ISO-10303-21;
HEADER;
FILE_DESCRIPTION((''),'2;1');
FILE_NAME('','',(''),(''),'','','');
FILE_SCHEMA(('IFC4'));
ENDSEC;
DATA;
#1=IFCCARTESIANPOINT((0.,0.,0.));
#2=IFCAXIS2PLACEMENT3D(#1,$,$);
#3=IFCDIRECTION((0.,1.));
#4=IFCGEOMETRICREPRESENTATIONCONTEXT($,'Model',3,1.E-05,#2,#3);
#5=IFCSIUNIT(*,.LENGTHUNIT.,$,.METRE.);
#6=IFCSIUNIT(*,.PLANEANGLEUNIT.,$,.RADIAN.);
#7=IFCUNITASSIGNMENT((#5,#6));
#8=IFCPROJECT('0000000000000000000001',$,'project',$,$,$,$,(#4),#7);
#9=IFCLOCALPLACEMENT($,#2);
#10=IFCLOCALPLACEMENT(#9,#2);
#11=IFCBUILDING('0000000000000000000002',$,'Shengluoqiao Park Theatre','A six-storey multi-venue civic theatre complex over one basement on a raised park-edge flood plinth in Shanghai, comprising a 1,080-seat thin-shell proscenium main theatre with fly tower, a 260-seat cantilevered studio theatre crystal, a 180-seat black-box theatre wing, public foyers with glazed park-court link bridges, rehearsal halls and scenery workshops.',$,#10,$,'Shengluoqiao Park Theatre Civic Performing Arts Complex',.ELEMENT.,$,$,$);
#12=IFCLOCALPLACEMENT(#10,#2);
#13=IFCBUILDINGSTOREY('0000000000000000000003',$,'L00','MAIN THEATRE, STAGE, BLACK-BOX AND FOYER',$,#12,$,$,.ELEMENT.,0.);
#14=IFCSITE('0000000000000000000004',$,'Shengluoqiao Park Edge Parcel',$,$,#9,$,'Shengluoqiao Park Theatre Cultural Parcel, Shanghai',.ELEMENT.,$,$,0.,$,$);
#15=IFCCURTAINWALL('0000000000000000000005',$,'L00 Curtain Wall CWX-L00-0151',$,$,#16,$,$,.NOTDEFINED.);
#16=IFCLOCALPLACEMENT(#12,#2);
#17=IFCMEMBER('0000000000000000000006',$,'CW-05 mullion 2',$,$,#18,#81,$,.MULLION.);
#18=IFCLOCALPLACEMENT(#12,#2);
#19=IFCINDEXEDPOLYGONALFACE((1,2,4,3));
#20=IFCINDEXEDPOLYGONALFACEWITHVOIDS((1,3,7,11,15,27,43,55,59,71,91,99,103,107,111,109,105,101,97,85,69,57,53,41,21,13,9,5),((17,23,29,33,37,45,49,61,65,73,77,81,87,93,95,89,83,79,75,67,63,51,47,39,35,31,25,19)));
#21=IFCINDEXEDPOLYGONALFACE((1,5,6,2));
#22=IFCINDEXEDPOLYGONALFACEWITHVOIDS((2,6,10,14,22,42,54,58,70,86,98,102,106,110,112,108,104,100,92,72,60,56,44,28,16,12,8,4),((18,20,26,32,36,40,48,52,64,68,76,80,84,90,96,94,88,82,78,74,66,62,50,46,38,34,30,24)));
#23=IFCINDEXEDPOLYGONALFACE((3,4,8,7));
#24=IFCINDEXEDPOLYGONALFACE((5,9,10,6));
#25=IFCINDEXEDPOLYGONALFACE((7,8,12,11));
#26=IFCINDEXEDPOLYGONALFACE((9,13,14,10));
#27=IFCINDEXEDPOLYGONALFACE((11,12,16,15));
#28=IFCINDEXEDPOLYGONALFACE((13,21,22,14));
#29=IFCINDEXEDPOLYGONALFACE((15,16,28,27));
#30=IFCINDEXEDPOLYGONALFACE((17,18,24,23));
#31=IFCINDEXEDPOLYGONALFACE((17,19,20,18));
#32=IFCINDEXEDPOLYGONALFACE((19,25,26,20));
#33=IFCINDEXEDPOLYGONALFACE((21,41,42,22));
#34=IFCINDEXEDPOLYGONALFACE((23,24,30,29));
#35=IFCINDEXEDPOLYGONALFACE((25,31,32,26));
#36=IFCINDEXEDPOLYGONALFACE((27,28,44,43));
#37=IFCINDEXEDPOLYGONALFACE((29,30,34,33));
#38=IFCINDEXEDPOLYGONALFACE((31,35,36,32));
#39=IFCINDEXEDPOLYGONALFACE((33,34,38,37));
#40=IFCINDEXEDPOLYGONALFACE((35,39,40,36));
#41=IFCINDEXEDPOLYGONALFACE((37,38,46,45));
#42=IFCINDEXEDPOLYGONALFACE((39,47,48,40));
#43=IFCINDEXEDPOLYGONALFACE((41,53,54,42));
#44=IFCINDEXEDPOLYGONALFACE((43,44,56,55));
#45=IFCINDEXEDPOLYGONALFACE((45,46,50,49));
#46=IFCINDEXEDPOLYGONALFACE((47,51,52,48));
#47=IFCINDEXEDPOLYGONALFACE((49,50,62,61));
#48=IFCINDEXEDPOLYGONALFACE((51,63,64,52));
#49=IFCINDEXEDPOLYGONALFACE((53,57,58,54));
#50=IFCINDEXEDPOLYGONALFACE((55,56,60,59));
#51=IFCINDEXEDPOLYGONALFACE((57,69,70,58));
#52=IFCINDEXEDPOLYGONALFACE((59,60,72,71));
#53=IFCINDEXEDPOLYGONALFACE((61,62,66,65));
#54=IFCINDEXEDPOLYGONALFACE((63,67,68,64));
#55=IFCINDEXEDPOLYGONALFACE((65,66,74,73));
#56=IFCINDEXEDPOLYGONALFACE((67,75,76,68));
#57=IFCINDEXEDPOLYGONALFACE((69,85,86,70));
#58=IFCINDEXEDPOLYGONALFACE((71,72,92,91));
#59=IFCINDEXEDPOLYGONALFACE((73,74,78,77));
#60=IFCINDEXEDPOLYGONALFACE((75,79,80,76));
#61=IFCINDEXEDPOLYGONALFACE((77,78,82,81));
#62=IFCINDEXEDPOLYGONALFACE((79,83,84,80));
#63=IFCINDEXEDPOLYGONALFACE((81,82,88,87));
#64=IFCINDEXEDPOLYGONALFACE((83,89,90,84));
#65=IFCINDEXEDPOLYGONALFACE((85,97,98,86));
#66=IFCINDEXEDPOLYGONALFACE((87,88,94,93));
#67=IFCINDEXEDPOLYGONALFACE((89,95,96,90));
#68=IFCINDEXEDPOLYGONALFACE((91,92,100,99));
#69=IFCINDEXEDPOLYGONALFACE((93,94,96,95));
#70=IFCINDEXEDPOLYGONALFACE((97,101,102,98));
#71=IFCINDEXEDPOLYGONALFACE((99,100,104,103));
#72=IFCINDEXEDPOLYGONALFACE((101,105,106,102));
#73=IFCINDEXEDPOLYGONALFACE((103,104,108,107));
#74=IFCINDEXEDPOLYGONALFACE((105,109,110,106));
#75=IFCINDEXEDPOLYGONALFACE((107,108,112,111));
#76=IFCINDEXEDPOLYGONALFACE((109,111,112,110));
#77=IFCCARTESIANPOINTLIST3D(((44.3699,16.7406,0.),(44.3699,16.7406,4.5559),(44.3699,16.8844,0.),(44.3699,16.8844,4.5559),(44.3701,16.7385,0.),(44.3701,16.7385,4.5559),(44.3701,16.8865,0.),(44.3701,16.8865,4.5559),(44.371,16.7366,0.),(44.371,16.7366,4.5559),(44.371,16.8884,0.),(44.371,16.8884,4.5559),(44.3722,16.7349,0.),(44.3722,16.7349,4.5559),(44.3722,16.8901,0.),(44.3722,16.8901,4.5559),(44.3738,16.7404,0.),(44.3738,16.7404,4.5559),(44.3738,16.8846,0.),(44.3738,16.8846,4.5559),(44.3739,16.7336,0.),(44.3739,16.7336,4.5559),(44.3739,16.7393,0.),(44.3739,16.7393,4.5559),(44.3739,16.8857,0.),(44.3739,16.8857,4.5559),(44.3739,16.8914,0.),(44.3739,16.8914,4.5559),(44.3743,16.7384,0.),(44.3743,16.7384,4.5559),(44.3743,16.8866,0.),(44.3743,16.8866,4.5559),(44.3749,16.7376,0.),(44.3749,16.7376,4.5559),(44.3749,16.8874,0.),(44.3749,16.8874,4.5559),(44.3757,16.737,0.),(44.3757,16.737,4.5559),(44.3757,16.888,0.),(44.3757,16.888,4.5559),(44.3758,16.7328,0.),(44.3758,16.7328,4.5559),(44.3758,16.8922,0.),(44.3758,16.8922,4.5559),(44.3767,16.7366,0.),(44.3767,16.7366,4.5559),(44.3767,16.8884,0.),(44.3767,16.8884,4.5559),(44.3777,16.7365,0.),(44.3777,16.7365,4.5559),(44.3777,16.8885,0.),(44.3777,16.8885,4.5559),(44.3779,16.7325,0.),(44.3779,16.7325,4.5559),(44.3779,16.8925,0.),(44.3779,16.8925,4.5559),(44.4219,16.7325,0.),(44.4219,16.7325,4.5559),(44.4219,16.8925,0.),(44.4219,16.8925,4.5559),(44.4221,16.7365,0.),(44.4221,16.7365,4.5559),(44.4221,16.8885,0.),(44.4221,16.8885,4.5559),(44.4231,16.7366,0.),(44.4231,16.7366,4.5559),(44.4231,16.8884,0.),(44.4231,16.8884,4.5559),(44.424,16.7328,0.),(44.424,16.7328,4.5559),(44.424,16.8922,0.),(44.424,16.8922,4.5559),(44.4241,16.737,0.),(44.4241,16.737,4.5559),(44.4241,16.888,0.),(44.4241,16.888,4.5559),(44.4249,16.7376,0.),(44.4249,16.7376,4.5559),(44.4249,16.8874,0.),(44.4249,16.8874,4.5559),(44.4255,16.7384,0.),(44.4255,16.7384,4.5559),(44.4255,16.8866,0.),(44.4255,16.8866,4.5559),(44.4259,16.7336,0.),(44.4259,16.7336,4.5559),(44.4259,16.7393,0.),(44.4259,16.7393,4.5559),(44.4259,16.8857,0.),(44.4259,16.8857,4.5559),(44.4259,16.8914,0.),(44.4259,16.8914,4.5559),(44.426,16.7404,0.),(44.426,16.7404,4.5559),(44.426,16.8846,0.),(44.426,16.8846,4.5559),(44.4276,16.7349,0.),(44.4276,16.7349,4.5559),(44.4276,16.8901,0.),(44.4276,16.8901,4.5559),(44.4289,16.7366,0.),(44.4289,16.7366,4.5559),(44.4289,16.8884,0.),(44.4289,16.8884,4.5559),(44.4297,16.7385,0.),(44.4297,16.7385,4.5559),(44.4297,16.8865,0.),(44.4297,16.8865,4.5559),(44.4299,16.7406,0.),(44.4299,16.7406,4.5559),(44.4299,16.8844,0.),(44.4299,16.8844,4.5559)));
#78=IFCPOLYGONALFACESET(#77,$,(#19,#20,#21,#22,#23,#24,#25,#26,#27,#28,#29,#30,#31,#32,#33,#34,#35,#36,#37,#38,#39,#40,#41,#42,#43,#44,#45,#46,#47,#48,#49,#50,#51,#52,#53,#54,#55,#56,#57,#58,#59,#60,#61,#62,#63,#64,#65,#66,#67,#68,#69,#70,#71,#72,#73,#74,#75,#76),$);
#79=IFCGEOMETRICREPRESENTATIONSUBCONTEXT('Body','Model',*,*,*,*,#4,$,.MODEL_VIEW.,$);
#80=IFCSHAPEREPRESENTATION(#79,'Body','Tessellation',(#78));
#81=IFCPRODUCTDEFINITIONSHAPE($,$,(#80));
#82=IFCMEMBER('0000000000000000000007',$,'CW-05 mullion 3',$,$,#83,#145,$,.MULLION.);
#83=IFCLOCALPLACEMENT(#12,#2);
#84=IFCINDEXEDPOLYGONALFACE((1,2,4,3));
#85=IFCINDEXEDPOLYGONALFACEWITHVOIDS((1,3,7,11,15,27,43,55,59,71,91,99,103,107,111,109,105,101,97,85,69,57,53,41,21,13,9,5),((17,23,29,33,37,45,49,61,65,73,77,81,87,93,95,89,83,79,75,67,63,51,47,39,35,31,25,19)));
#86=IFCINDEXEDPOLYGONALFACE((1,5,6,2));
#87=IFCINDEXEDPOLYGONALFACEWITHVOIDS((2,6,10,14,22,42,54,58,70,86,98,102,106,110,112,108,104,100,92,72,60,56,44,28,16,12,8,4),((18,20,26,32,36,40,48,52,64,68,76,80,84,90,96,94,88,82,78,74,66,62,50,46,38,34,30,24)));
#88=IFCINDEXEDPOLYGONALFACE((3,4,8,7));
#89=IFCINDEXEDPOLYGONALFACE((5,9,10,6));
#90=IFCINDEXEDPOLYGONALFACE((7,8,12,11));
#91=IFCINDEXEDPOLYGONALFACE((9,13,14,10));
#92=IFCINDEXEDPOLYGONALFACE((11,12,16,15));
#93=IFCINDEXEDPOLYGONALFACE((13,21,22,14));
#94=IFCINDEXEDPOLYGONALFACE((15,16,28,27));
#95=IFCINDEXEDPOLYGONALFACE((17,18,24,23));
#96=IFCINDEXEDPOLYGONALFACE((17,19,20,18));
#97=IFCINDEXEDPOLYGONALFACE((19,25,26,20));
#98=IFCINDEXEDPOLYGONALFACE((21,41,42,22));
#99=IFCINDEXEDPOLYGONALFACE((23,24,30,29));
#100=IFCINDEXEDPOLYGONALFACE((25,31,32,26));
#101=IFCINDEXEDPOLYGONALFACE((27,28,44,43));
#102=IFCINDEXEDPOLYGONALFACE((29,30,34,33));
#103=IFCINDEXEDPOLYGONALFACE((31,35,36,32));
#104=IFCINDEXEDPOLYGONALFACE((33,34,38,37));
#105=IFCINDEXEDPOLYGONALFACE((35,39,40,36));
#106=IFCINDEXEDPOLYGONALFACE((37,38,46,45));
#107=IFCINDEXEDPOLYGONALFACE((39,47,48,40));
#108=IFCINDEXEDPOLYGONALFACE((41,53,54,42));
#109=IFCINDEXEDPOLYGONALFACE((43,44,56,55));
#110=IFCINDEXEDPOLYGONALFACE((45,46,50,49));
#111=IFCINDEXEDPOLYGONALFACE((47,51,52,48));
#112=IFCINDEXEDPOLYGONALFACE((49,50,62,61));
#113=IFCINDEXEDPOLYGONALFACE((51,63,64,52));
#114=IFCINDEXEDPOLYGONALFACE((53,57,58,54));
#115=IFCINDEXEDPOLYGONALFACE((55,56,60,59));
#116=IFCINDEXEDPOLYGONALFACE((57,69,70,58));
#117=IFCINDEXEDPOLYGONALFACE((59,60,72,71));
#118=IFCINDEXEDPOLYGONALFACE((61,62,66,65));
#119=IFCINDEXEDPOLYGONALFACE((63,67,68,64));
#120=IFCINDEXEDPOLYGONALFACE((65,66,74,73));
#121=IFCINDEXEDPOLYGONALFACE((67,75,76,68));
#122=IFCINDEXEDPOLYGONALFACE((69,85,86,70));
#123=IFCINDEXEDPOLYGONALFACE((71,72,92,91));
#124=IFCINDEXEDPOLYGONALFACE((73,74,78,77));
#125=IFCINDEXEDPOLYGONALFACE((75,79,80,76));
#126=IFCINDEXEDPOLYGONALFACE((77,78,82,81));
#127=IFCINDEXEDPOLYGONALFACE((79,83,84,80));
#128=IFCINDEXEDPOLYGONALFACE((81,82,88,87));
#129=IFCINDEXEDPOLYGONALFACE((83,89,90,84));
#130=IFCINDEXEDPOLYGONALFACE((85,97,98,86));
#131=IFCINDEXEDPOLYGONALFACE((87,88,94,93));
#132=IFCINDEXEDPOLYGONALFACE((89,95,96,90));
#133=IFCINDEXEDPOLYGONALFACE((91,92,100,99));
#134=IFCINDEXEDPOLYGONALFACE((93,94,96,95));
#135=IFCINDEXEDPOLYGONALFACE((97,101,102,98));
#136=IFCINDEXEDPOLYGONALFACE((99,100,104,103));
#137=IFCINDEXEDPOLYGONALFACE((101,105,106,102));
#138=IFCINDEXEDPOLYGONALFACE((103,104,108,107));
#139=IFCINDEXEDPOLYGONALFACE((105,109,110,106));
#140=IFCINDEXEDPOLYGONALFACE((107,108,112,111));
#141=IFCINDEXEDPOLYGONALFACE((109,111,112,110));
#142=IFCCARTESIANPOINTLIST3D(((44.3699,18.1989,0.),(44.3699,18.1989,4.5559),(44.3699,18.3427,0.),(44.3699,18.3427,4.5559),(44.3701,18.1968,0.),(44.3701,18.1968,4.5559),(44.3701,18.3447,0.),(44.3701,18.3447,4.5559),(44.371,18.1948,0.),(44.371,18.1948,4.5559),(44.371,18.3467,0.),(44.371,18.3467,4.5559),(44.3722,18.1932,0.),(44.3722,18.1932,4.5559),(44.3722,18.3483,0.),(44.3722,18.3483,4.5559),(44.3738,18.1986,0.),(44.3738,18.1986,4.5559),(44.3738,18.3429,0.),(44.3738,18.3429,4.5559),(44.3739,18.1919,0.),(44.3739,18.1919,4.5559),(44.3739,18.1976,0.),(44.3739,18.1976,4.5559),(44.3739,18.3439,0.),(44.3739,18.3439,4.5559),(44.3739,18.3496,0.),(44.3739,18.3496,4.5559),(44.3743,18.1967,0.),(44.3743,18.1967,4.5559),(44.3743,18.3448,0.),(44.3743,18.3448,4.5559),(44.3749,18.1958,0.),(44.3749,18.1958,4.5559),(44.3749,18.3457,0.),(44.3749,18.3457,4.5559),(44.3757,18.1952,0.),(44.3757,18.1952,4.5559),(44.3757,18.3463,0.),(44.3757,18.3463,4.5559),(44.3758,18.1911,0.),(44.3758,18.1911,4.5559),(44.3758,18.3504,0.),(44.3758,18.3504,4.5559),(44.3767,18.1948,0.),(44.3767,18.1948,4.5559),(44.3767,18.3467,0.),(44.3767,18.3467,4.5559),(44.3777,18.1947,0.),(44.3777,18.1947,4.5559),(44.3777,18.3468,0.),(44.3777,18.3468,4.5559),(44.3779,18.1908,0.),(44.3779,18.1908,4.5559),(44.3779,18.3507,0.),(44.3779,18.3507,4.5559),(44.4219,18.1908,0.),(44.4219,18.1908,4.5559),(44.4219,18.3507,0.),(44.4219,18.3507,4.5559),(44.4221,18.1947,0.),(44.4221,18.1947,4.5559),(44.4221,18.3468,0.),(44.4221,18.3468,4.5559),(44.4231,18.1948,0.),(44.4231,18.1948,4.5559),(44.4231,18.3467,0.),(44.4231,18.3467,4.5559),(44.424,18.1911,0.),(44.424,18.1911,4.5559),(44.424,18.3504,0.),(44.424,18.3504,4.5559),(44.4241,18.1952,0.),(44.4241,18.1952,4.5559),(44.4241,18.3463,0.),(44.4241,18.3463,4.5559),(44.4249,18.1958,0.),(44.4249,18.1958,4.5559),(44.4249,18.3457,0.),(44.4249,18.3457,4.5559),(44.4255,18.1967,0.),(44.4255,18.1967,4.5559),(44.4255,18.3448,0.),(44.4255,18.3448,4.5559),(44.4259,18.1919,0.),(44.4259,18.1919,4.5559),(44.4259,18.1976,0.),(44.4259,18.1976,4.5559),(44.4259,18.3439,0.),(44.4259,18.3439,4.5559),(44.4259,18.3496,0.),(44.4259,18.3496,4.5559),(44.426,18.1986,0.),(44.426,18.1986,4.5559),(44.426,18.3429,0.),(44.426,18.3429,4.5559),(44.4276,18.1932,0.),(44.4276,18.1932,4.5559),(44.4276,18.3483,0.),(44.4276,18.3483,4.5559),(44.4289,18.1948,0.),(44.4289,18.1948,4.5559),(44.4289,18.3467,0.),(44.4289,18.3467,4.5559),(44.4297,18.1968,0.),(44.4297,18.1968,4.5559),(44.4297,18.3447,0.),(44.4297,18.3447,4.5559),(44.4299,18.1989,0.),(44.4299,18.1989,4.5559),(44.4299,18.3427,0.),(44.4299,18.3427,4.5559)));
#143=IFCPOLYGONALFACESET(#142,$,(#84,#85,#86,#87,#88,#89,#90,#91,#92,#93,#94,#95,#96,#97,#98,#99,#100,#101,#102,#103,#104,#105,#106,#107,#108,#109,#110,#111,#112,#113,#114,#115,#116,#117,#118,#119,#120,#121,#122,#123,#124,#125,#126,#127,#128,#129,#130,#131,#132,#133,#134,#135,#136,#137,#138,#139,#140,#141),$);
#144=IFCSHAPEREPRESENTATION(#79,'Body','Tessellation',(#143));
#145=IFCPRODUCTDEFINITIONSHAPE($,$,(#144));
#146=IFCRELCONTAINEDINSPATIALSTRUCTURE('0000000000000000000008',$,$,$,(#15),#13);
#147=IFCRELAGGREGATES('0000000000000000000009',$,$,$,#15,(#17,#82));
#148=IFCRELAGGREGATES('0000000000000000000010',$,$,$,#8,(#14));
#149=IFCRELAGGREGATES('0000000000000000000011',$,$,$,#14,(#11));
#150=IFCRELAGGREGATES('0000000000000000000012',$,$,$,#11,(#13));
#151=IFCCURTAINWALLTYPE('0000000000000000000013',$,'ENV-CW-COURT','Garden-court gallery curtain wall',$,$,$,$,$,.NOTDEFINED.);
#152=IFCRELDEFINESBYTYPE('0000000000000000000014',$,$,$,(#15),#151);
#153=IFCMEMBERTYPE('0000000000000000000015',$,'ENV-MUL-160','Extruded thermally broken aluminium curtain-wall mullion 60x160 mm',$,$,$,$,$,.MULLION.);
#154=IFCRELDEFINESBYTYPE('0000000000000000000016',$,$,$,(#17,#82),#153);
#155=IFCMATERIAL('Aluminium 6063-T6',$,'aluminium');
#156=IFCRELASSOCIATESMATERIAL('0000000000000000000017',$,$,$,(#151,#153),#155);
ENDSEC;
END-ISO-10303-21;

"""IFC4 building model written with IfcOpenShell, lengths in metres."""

from ifc_helpers import new_model, si_unit, direction, frame, origin, origin_2d, place, context, subcontext, project, spatial, hollow_rectangle, extrude, material, material_profile, profile_set, type_object, element, aggregate, save


model = new_model("IFC4")

# Units and contexts
model_context = context("Model", 3, precision=1e-05, world=origin(), true_north=direction((0.0, 1.0)))
body_context = subcontext(model_context, "Body", "Model", "MODEL_VIEW")
ifc_project = project(units=[si_unit("LENGTHUNIT", "METRE"), si_unit("PLANEANGLEUNIT", "RADIAN")], contexts=[model_context])

# Site, building, storey
site_placement = place(None, origin())
site = spatial("IfcSite", under=ifc_project, at=site_placement, Name="Shengluoqiao Park Edge Parcel", LongName="Shengluoqiao Park Theatre Cultural Parcel, Shanghai", CompositionType="ELEMENT", RefElevation=0.0)
building_placement = place(site_placement, origin())
building = spatial("IfcBuilding", under=site, at=building_placement, Name="Shengluoqiao Park Theatre", Description="A six-storey multi-venue civic theatre complex over one basement on a raised park-edge flood plinth in Shanghai, comprising a 1,080-seat thin-shell proscenium main theatre with fly tower, a 260-seat cantilevered studio theatre crystal, a 180-seat black-box theatre wing, public foyers with glazed park-court link bridges, rehearsal halls and scenery workshops.", LongName="Shengluoqiao Park Theatre Civic Performing Arts Complex", CompositionType="ELEMENT")
storey_placement = place(building_placement, origin())
storey = spatial("IfcBuildingStorey", under=building, at=storey_placement, Name="L00", Description="MAIN THEATRE, STAGE, BLACK-BOX AND FOYER", CompositionType="ELEMENT", Elevation=0.0)

# Shared definitions
ifc_material_1 = material(Name="Aluminium 6063-T6", Category="aluminium")
curtain_wall_type = type_object("IfcCurtainWallType", Name="ENV-CW-COURT", Description="Garden-court gallery curtain wall", PredefinedType="NOTDEFINED", material=ifc_material_1)
ifc_material_profile_1 = material_profile(ifc_material_1, hollow_rectangle(XDim=0.0601, YDim=0.1599, WallThickness=0.0039, InnerFilletRadius=0.0039, OuterFilletRadius=0.0081, at=origin_2d()), Name="ALU MULLION 160x60x4")
ifc_profile_set_1 = profile_set([ifc_material_profile_1], Name="Aluminium 6063-T6")
member_type_1 = type_object("IfcMemberType", Name="ENV-MUL-160", Description="Extruded thermally broken aluminium curtain-wall mullion 60x160 mm", PredefinedType="MULLION", material=ifc_profile_set_1)

# Curtain wall, members
curtain_wall_1_placement = place(storey_placement, origin())
curtain_wall_1 = element("IfcCurtainWall", 1, at=curtain_wall_1_placement, inside=storey, type_object=curtain_wall_type, Name="L00 Curtain Wall CWX-L00-0151", PredefinedType="NOTDEFINED")
member_1_placement = place(storey_placement, frame((44.3999, 16.8125, 0.0), z_axis=(0.0, 0.0, 1.0), x_axis=(-1.0, 0.0, 0.0)))
member_1 = element("IfcMember", 2, at=member_1_placement, type_object=member_type_1, Name="CW-05 mullion 2", PredefinedType="MULLION", context=body_context, shape_type="SweptSolid", body=[
    extrude(hollow_rectangle(XDim=0.0601, YDim=0.1599, WallThickness=0.0039, InnerFilletRadius=0.0039, OuterFilletRadius=0.0081, at=origin_2d()), origin(), (0.0, 0.0, 1.0), 4.5559),
])
member_2_placement = place(storey_placement, frame((44.3999, 18.2708, 0.0), z_axis=(0.0, 0.0, 1.0), x_axis=(-1.0, 0.0, 0.0)))
member_2 = element("IfcMember", 3, at=member_2_placement, type_object=member_type_1, Name="CW-05 mullion 3", PredefinedType="MULLION", context=body_context, shape_type="SweptSolid", body=[
    extrude(hollow_rectangle(XDim=0.0601, YDim=0.1599, WallThickness=0.0039, InnerFilletRadius=0.0039, OuterFilletRadius=0.0081, at=origin_2d()), origin(), (0.0, 0.0, 1.0), 4.5559),
])

aggregate(curtain_wall_1, [member_1, member_2])

save(model, "model.ifc")
